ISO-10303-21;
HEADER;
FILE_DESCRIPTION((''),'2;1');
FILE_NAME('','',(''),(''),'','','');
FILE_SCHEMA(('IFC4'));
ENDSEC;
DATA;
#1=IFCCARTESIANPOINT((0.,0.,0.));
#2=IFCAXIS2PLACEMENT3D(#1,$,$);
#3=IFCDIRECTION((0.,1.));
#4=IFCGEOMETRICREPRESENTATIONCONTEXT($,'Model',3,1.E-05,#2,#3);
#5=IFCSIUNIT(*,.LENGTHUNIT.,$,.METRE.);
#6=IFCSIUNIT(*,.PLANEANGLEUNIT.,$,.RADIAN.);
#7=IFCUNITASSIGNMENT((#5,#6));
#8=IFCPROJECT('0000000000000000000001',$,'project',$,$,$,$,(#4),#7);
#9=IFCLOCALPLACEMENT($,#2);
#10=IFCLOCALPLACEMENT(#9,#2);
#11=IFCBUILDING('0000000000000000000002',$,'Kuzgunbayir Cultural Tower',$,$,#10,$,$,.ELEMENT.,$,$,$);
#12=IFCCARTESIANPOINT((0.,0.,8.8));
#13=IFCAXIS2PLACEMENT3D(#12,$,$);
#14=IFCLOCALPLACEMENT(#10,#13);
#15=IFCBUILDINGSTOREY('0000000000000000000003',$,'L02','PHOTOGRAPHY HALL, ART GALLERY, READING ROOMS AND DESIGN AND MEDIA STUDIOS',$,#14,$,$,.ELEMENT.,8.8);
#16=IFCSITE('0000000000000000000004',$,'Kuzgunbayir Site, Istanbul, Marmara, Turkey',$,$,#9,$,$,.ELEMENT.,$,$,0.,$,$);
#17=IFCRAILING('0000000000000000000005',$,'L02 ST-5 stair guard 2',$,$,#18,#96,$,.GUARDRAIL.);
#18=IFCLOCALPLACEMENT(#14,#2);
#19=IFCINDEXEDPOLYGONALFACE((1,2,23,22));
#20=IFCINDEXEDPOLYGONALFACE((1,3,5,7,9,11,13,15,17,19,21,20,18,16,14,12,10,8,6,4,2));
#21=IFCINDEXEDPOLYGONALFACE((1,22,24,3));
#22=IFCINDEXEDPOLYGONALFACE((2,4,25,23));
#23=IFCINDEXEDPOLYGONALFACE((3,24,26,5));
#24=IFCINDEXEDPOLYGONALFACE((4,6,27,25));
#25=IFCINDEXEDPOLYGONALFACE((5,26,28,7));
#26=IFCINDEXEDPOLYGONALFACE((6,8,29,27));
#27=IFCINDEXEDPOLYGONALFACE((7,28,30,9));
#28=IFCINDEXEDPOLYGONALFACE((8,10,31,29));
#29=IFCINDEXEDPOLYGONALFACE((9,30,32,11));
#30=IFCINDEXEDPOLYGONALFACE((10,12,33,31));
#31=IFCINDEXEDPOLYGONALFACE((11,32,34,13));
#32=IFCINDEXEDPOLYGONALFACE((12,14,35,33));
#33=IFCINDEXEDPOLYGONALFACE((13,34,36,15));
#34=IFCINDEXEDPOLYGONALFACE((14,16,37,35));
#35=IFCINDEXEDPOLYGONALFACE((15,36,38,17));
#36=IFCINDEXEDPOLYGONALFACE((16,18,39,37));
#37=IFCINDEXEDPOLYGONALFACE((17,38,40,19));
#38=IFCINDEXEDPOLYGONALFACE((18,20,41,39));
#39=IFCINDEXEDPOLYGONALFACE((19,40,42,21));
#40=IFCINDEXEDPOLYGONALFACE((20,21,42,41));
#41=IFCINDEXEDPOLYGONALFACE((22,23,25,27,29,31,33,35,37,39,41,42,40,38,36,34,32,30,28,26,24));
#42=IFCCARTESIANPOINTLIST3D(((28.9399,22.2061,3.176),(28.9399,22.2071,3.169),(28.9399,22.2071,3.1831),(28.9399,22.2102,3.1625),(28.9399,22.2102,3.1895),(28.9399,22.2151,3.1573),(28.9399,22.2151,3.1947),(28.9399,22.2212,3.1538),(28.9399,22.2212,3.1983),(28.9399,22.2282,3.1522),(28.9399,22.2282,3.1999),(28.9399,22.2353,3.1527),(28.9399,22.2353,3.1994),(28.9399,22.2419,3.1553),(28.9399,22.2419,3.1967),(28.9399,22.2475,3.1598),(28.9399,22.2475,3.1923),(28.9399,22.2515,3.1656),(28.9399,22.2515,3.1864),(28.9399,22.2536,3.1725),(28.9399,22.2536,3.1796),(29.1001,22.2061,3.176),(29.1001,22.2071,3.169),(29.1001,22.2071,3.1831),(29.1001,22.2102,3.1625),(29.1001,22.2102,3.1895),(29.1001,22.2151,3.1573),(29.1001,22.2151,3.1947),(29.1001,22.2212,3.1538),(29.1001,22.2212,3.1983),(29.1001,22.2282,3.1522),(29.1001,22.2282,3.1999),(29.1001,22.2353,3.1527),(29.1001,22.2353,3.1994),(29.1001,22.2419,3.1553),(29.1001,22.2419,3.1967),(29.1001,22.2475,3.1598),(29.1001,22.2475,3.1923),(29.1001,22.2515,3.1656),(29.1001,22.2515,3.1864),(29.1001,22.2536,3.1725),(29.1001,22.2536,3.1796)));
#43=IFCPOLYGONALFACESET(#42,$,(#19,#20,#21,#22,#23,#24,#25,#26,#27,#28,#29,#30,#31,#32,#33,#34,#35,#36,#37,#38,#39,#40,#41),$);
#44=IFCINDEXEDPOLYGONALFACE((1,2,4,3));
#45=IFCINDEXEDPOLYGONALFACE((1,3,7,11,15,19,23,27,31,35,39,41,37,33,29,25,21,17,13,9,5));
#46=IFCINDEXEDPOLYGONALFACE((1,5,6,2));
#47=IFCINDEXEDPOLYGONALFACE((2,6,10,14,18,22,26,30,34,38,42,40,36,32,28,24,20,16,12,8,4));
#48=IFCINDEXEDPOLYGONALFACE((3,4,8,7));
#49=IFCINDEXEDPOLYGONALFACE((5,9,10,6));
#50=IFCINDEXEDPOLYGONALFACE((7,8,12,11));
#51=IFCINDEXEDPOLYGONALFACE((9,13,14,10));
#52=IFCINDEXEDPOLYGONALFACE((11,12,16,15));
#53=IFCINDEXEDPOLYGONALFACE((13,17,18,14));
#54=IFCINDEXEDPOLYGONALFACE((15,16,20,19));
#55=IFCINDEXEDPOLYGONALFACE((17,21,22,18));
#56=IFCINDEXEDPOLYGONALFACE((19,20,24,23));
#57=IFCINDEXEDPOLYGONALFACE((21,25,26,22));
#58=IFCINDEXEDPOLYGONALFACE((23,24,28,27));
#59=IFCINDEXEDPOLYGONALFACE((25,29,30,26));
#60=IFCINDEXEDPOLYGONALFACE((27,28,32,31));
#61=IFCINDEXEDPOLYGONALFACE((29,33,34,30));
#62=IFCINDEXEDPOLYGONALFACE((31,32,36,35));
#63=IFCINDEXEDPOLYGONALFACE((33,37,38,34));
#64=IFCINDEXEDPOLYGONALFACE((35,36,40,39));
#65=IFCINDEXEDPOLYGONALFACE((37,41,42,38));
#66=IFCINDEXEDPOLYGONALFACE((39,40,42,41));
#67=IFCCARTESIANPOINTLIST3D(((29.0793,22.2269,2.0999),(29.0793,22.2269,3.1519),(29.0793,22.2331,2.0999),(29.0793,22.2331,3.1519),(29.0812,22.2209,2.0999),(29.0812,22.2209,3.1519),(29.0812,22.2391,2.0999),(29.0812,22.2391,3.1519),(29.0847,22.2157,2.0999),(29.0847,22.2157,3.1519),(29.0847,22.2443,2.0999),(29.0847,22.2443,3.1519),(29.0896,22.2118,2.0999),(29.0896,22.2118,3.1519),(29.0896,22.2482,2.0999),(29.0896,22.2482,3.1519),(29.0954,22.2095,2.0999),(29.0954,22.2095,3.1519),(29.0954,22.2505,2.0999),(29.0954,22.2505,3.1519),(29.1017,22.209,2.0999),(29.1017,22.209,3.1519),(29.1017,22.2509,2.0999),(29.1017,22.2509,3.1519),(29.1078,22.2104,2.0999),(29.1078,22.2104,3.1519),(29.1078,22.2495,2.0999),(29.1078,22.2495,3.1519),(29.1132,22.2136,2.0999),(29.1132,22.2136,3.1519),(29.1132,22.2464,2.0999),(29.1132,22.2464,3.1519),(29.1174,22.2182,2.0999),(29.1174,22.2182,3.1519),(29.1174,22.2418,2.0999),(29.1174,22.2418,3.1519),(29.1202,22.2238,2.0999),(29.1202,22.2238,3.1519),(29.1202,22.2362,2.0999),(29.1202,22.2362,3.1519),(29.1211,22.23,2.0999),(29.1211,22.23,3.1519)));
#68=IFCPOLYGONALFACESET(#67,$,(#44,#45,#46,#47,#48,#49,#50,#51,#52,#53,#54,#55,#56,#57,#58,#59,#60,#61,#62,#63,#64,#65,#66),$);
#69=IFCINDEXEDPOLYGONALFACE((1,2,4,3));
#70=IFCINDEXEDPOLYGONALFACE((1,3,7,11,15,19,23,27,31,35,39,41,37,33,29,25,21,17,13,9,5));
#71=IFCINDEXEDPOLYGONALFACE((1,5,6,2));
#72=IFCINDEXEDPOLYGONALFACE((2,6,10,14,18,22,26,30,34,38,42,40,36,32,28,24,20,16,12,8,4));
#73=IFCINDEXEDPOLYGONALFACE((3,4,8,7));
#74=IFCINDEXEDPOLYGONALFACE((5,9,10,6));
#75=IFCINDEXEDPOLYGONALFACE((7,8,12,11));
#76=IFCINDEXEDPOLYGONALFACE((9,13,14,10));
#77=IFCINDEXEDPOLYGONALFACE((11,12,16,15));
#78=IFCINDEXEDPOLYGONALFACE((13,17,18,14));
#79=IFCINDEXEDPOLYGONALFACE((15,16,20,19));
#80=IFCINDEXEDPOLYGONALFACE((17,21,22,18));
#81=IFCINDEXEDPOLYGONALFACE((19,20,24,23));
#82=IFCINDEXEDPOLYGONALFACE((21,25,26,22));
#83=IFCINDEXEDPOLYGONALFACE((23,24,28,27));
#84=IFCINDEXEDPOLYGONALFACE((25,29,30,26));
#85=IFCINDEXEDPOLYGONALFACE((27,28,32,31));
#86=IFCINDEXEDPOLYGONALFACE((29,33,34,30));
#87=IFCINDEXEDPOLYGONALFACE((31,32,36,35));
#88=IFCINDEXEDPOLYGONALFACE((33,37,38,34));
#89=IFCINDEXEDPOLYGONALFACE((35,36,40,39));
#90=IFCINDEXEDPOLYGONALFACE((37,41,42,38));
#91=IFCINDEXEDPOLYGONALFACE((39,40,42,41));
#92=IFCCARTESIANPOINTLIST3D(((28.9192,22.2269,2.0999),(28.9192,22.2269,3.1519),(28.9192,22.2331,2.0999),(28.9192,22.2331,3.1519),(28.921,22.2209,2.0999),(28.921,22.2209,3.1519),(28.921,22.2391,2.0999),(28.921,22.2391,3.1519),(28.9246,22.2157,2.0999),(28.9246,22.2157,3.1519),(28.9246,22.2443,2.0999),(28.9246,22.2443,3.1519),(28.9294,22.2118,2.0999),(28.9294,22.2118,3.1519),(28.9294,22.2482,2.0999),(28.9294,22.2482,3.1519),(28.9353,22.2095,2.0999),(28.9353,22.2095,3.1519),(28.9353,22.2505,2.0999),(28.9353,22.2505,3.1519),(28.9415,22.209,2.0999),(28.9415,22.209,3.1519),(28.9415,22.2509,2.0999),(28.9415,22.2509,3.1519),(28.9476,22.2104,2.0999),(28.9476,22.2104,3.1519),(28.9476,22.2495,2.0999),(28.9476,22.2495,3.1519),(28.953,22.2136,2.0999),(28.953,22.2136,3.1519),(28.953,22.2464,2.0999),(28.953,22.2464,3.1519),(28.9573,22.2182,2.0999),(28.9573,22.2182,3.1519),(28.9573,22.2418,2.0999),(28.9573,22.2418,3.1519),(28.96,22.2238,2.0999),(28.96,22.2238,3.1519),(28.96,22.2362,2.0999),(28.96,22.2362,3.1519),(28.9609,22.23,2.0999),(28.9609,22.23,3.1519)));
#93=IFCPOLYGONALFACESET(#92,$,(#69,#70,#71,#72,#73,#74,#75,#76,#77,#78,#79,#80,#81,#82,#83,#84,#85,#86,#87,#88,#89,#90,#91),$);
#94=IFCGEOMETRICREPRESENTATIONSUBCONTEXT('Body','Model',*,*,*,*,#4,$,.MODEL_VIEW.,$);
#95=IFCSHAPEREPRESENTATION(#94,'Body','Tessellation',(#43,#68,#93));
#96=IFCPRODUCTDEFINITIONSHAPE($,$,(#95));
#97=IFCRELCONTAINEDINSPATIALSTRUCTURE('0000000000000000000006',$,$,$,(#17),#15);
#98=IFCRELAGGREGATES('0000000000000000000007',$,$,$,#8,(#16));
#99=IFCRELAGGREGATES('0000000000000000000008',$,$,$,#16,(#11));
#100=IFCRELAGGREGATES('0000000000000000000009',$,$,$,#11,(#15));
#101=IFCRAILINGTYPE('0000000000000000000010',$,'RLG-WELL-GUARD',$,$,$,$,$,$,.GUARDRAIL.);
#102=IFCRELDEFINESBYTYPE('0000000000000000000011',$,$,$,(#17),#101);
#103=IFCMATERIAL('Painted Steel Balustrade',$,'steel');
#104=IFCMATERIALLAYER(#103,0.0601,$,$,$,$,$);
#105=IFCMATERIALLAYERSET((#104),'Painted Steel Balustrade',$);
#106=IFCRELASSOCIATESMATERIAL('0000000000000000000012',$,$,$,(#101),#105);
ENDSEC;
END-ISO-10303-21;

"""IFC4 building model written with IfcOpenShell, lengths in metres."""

from ifc_helpers import new_model, si_unit, direction, frame, origin, origin_2d, place, context, subcontext, project, spatial, circle, extrude, material, layer, layer_set, type_object, element, save


model = new_model("IFC4")

# Units and contexts
model_context = context("Model", 3, precision=1e-05, world=origin(), true_north=direction((0.0, 1.0)))
body_context = subcontext(model_context, "Body", "Model", "MODEL_VIEW")
ifc_project = project(units=[si_unit("LENGTHUNIT", "METRE"), si_unit("PLANEANGLEUNIT", "RADIAN")], contexts=[model_context])

# Site, building, storey
site_placement = place(None, origin())
site = spatial("IfcSite", under=ifc_project, at=site_placement, Name="Kuzgunbayir Site, Istanbul, Marmara, Turkey", CompositionType="ELEMENT", RefElevation=0.0)
building_placement = place(site_placement, origin())
building = spatial("IfcBuilding", under=site, at=building_placement, Name="Kuzgunbayir Cultural Tower", CompositionType="ELEMENT")
storey_placement = place(building_placement, frame((0.0, 0.0, 8.8)))
storey = spatial("IfcBuildingStorey", under=building, at=storey_placement, Name="L02", Description="PHOTOGRAPHY HALL, ART GALLERY, READING ROOMS AND DESIGN AND MEDIA STUDIOS", CompositionType="ELEMENT", Elevation=8.8)

# Railing
ifc_material_1 = material(Name="Painted Steel Balustrade", Category="steel")
ifc_layer_1 = layer(ifc_material_1, 0.0601)
ifc_layer_set_1 = layer_set([ifc_layer_1], Name="Painted Steel Balustrade")
railing_type_1 = type_object("IfcRailingType", Name="RLG-WELL-GUARD", PredefinedType="GUARDRAIL", material=ifc_layer_set_1)
railing_1_placement = place(storey_placement, frame((29.1001, 22.23, 2.0999)))
element("IfcRailing", 1, at=railing_1_placement, inside=storey, type_object=railing_type_1, Name="L02 ST-5 stair guard 2", PredefinedType="GUARDRAIL", context=body_context, shape_type="SweptSolid", body=[
    extrude(circle(Radius=0.0239, at=origin_2d()), frame((0.0, 0.0, 1.0762), z_axis=(-1.0, 0.0, 0.0), x_axis=(0.0, -1.0, 0.0)), (0.0, 0.0, 1.0), 0.1602),
    extrude(circle(Radius=0.021, at=origin_2d()), origin(), (0.0, 0.0, 1.0), 1.052),
    extrude(circle(Radius=0.021, at=origin_2d()), frame((-0.1602, 0.0, 0.0)), (0.0, 0.0, 1.0), 1.052),
])

save(model, "model.ifc")
